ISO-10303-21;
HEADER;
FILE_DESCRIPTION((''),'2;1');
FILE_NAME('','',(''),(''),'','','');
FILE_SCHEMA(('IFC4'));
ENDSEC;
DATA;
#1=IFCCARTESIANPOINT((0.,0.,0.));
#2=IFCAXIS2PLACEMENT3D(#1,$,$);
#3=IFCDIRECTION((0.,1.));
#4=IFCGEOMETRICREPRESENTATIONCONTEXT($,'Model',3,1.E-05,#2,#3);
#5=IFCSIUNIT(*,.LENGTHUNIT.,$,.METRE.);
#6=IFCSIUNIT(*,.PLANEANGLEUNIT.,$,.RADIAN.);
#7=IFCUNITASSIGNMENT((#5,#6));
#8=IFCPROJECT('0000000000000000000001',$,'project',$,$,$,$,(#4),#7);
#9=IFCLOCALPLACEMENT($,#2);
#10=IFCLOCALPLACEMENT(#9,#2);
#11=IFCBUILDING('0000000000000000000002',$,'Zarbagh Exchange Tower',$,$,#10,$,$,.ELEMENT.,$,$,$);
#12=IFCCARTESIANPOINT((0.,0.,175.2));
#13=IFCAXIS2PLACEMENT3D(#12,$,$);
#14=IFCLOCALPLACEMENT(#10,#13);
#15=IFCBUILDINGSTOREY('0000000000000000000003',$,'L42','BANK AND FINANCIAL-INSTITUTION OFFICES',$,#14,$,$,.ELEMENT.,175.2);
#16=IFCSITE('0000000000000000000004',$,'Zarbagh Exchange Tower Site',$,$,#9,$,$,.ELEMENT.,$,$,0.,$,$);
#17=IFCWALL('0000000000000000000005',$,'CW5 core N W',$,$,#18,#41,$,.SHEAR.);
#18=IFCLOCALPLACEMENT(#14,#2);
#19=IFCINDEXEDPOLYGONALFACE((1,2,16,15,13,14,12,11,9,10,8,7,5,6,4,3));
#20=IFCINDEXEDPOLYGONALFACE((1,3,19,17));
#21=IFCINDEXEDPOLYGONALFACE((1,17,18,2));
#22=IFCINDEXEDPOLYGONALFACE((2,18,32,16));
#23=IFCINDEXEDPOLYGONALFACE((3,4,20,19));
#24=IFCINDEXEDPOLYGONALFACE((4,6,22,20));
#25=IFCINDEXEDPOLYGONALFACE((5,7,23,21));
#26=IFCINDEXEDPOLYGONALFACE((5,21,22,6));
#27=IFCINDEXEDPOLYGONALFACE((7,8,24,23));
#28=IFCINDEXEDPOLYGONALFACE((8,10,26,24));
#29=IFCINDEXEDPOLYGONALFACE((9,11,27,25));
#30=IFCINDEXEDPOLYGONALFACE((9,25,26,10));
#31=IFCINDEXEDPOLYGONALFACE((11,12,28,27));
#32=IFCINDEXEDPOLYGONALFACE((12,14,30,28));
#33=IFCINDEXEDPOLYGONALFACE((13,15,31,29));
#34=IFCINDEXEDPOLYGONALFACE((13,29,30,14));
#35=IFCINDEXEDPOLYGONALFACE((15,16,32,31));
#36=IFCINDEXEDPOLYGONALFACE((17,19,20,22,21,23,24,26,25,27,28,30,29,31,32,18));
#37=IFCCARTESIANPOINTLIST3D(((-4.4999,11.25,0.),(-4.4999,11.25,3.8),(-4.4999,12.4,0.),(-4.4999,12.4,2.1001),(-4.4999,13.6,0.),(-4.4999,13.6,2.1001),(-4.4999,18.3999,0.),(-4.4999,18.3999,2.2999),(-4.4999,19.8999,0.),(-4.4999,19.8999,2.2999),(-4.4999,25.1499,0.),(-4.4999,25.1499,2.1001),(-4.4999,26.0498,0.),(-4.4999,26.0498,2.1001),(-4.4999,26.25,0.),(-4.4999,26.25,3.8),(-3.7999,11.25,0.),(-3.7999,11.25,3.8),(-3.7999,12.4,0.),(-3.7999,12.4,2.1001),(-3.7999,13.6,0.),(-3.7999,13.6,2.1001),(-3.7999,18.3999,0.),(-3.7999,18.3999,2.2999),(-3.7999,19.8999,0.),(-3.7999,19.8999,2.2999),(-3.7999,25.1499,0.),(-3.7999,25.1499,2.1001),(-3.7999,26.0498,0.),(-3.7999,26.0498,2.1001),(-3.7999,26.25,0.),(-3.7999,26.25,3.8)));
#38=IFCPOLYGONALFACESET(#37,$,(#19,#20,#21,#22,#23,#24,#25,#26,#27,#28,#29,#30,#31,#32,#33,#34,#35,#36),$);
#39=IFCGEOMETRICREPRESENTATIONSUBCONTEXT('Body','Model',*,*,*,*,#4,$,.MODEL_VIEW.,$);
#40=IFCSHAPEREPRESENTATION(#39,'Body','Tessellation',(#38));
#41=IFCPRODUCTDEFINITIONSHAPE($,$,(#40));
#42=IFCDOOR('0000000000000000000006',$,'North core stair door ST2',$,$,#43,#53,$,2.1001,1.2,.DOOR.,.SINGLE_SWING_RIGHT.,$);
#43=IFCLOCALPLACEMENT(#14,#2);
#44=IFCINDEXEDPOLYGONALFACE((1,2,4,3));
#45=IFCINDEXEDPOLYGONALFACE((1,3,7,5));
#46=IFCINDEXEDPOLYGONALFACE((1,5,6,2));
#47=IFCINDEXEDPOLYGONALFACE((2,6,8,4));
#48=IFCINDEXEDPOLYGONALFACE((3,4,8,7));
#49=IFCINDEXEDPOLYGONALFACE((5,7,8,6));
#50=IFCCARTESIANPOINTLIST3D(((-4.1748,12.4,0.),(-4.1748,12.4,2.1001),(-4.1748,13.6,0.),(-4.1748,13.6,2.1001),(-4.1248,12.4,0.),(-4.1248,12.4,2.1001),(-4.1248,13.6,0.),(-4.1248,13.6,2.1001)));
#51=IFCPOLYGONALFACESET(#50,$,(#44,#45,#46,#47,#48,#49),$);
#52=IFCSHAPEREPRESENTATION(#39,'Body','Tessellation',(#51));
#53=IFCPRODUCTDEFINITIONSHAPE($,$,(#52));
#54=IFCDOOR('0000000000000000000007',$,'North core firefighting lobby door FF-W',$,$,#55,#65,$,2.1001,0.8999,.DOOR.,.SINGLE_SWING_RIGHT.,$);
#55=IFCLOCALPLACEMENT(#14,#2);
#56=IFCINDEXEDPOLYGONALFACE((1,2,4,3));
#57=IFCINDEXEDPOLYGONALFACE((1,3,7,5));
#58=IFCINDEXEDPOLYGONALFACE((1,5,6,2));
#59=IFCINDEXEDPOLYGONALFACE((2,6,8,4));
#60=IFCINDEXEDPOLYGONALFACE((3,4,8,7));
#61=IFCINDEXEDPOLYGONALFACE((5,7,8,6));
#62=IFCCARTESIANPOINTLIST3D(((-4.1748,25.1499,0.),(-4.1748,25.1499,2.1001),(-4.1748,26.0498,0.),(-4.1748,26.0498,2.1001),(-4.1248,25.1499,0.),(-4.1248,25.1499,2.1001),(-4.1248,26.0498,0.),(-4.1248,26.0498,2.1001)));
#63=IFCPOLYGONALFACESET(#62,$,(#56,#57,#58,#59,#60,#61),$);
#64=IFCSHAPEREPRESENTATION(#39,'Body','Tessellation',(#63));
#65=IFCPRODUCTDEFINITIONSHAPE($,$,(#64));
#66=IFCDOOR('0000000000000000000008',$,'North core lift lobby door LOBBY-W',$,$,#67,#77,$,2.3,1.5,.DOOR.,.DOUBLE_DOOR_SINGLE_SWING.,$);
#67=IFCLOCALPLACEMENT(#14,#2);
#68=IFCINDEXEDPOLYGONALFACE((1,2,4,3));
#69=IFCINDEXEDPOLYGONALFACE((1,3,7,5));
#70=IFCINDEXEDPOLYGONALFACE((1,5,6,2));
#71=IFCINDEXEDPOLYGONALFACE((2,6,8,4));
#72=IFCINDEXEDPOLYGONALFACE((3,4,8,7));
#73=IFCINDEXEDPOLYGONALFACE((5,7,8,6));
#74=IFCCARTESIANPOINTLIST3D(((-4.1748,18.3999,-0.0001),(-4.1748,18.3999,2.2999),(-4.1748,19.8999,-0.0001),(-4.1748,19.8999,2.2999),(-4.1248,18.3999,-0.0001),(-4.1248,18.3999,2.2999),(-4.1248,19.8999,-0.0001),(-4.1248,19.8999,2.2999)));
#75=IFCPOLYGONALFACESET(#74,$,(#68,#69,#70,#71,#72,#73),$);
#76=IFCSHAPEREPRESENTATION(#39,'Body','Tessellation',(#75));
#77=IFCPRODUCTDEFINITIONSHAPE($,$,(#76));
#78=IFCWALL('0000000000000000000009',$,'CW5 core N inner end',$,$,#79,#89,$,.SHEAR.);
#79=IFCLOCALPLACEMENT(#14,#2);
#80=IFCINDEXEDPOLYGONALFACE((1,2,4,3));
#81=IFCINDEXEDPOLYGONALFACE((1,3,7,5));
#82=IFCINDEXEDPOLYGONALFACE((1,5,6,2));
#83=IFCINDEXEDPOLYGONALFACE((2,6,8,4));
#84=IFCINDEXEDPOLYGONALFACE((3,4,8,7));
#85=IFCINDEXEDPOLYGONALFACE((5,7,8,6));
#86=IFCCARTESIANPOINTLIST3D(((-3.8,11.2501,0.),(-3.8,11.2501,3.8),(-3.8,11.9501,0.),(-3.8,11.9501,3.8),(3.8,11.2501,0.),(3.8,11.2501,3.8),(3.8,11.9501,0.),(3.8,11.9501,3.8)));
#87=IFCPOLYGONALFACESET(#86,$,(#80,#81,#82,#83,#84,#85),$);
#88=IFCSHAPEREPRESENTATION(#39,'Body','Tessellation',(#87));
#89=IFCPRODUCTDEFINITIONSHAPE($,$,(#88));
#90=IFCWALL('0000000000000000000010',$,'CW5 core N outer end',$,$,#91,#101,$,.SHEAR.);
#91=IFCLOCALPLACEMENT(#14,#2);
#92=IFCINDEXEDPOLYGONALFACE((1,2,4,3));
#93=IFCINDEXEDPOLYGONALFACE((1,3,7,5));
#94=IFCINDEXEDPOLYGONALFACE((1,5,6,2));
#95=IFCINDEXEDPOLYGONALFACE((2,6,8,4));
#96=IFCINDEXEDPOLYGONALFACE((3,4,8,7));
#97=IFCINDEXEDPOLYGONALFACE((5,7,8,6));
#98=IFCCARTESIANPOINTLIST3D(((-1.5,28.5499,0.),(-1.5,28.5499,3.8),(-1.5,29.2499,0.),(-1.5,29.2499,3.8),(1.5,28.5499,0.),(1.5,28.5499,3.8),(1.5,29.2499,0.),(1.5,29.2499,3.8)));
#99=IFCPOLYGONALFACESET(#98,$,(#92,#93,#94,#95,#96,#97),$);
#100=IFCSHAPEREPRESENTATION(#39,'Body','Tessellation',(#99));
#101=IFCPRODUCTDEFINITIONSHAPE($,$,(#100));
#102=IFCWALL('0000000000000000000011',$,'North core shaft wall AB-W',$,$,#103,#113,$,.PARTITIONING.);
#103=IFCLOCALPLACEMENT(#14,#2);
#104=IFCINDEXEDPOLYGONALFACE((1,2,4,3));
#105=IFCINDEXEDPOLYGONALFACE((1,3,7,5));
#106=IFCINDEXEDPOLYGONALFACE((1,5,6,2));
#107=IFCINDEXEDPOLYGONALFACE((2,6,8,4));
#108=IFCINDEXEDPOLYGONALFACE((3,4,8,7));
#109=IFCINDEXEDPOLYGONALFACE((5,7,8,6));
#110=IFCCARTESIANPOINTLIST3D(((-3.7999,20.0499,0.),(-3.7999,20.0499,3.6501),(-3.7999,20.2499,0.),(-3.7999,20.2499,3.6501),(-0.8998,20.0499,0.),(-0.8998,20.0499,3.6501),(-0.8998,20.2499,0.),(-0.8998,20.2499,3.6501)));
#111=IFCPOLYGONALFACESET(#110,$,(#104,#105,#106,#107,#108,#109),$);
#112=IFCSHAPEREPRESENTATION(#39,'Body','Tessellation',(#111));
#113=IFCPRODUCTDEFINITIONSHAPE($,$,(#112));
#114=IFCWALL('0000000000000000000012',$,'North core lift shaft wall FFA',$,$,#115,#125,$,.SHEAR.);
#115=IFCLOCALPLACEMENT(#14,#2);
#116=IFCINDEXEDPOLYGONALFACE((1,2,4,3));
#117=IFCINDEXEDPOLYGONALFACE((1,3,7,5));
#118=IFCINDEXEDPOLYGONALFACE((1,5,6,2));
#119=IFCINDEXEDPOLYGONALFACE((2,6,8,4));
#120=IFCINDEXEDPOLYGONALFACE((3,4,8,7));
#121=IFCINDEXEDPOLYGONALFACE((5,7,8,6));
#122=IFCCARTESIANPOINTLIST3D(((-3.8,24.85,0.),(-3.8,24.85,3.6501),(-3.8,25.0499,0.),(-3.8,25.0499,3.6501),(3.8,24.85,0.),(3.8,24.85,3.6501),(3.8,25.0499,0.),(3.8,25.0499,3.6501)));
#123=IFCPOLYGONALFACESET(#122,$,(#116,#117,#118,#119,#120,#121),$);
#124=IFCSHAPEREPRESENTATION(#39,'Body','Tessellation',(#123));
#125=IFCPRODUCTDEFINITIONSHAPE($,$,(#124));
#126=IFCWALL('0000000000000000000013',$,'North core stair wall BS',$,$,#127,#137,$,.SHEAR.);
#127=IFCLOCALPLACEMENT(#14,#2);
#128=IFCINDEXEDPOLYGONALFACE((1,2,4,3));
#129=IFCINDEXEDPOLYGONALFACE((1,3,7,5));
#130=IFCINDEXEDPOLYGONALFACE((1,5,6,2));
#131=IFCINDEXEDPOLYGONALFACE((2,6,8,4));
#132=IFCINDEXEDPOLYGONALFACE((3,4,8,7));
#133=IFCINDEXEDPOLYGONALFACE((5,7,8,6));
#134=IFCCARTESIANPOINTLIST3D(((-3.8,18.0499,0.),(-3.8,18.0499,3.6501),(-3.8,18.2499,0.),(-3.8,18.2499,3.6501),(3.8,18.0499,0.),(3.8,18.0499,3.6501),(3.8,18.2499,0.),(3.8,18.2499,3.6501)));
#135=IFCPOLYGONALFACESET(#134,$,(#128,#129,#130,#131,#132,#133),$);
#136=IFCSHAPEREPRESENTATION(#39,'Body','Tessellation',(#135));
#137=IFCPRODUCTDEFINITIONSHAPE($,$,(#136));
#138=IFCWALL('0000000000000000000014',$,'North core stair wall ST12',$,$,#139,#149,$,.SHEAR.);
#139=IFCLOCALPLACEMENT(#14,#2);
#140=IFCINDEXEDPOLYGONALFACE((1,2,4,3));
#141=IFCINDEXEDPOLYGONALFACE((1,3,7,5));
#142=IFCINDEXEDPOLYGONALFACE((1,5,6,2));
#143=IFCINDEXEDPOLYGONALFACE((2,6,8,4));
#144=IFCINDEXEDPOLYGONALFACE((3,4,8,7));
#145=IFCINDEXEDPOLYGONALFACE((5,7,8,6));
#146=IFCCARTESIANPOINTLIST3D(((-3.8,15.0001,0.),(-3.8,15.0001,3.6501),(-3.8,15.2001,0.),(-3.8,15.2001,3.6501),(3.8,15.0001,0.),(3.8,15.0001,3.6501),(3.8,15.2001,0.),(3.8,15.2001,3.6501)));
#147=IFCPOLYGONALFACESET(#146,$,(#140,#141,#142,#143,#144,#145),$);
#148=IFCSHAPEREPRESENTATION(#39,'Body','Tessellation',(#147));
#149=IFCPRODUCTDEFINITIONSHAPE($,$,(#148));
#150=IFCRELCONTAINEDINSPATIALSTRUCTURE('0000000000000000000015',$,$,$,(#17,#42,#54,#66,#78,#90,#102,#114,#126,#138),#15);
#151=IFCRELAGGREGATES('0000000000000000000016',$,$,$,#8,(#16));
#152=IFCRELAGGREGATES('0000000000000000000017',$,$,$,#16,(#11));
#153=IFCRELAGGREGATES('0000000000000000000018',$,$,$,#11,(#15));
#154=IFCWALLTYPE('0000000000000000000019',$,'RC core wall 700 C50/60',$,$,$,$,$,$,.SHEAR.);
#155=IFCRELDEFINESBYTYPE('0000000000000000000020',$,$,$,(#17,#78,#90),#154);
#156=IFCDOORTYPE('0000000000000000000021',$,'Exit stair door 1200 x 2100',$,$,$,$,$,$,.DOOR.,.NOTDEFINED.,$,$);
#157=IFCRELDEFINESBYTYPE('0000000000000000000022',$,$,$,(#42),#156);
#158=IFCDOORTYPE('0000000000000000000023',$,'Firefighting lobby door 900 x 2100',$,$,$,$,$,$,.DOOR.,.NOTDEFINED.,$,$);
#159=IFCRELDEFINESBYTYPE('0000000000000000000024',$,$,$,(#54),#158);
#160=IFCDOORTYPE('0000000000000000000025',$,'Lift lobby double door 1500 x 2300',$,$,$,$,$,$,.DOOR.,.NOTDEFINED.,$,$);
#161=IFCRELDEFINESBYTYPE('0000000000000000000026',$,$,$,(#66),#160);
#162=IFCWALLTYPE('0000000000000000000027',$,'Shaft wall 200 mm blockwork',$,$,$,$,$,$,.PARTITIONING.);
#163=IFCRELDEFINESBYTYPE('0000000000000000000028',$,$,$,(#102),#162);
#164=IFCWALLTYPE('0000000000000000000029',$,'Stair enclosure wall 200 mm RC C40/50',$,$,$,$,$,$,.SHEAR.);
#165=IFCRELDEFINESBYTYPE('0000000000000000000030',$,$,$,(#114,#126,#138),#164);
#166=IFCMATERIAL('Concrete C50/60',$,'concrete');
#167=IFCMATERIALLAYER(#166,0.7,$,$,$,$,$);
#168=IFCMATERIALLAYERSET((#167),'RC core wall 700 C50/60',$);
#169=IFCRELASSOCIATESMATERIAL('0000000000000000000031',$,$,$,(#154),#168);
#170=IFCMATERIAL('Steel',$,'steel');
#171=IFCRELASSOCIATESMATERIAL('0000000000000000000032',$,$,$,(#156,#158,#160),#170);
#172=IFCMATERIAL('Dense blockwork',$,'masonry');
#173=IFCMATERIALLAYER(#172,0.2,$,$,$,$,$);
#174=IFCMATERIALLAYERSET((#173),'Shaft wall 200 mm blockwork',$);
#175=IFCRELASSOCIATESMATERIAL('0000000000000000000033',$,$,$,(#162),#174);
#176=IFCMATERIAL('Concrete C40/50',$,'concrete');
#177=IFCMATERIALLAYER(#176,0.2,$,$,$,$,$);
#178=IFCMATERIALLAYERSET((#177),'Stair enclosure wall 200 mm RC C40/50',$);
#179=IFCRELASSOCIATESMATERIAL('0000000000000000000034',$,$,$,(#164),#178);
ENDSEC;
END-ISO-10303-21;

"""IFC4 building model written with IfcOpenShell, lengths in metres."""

from ifc_helpers import new_model, si_unit, direction, frame, frame_2d, origin, place, context, subcontext, project, spatial, rectangle, extrude, material, layer, layer_set, type_object, element, fill, save


model = new_model("IFC4")

# Units and contexts
model_context = context("Model", 3, precision=1e-05, world=origin(), true_north=direction((0.0, 1.0)))
body_context = subcontext(model_context, "Body", "Model", "MODEL_VIEW")
ifc_project = project(units=[si_unit("LENGTHUNIT", "METRE"), si_unit("PLANEANGLEUNIT", "RADIAN")], contexts=[model_context])

# Site, building, storey
site_placement = place(None, origin())
site = spatial("IfcSite", under=ifc_project, at=site_placement, Name="Zarbagh Exchange Tower Site", CompositionType="ELEMENT", RefElevation=0.0)
building_placement = place(site_placement, origin())
building = spatial("IfcBuilding", under=site, at=building_placement, Name="Zarbagh Exchange Tower", CompositionType="ELEMENT")
storey_placement = place(building_placement, frame((0.0, 0.0, 175.2)))
storey = spatial("IfcBuildingStorey", under=building, at=storey_placement, Name="L42", Description="BANK AND FINANCIAL-INSTITUTION OFFICES", CompositionType="ELEMENT", Elevation=175.2)

# Shared definitions
ifc_material_1 = material(Name="Concrete C50/60", Category="concrete")

# Shared definitions
ifc_material_2 = material(Name="Dense blockwork", Category="masonry")

# Wall, openings, doors
ifc_layer_1 = layer(ifc_material_1, 0.7)
ifc_layer_set_1 = layer_set([ifc_layer_1], Name="RC core wall 700 C50/60")
wall_type_1 = type_object("IfcWallType", Name="RC core wall 700 C50/60", PredefinedType="SHEAR", material=ifc_layer_set_1)
wall_1_placement = place(storey_placement, frame((-4.1499, 11.25, 0.0), z_axis=(0.0, 0.0, 1.0), x_axis=(0.0, 1.0, 0.0)))
wall_1 = element("IfcWall", 1, at=wall_1_placement, inside=storey, type_object=wall_type_1, Name="CW5 core N W", PredefinedType="SHEAR", context=body_context, shape_type="SweptSolid", body=[
    extrude(rectangle(XDim=15.0, YDim=0.7, at=frame_2d((7.5, 0.0))), origin(), (0.0, 0.0, 1.0), 3.8),
])
opening_1_placement = place(wall_1_placement, frame((7.1499, 0.0, 0.0)))
opening_1 = element("IfcOpeningElement", 2, at=opening_1_placement, cuts=wall_1, PredefinedType="OPENING", context=body_context, shape_type="SweptSolid", body=[
    extrude(rectangle(XDim=1.5, YDim=2.3, at=frame_2d((0.75, 1.1499))), frame((0.0, 0.3599, 0.0), z_axis=(0.0, -1.0, 0.0), x_axis=(1.0, 0.0, 0.0)), (0.0, 0.0, 1.0), 0.72),
])
opening_2_placement = place(wall_1_placement, frame((13.8999, 0.0, 0.0)))
opening_2 = element("IfcOpeningElement", 3, at=opening_2_placement, cuts=wall_1, PredefinedType="OPENING", context=body_context, shape_type="SweptSolid", body=[
    extrude(rectangle(XDim=0.8999, YDim=2.1001, at=frame_2d((0.45, 1.05))), frame((0.0, 0.3599, 0.0), z_axis=(0.0, -1.0, 0.0), x_axis=(1.0, 0.0, 0.0)), (0.0, 0.0, 1.0), 0.72),
])
opening_3_placement = place(wall_1_placement, frame((1.1499, 0.0, 0.0)))
opening_3 = element("IfcOpeningElement", 4, at=opening_3_placement, cuts=wall_1, PredefinedType="OPENING", context=body_context, shape_type="SweptSolid", body=[
    extrude(rectangle(XDim=1.2, YDim=2.1001, at=frame_2d((0.6001, 1.05))), frame((0.0, 0.3599, 0.0), z_axis=(0.0, -1.0, 0.0), x_axis=(1.0, 0.0, 0.0)), (0.0, 0.0, 1.0), 0.72),
])
ifc_material_3 = material(Name="Steel", Category="steel")
door_type_1 = type_object("IfcDoorType", Name="Exit stair door 1200 x 2100", OperationType="NOTDEFINED", PredefinedType="DOOR", material=ifc_material_3)
door_1_placement = place(opening_3_placement, origin())
door_1 = element("IfcDoor", 5, at=door_1_placement, inside=storey, type_object=door_type_1, Name="North core stair door ST2", OperationType="SINGLE_SWING_RIGHT", OverallHeight=2.1001, OverallWidth=1.2, PredefinedType="DOOR", context=body_context, shape_type="SweptSolid", body=[
    extrude(rectangle(XDim=1.2, YDim=2.1001, at=frame_2d((0.6001, 1.05))), frame((0.0, 0.0249, 0.0), z_axis=(0.0, -1.0, 0.0), x_axis=(1.0, 0.0, 0.0)), (0.0, 0.0, 1.0), 0.05),
])
fill(opening_3, door_1)
door_type_2 = type_object("IfcDoorType", Name="Firefighting lobby door 900 x 2100", OperationType="NOTDEFINED", PredefinedType="DOOR", material=ifc_material_3)
door_2_placement = place(opening_2_placement, origin())
door_2 = element("IfcDoor", 6, at=door_2_placement, inside=storey, type_object=door_type_2, Name="North core firefighting lobby door FF-W", OperationType="SINGLE_SWING_RIGHT", OverallHeight=2.1001, OverallWidth=0.8999, PredefinedType="DOOR", context=body_context, shape_type="SweptSolid", body=[
    extrude(rectangle(XDim=0.8999, YDim=2.1001, at=frame_2d((0.45, 1.05))), frame((0.0, 0.0249, 0.0), z_axis=(0.0, -1.0, 0.0), x_axis=(1.0, 0.0, 0.0)), (0.0, 0.0, 1.0), 0.05),
])
fill(opening_2, door_2)
door_type_3 = type_object("IfcDoorType", Name="Lift lobby double door 1500 x 2300", OperationType="NOTDEFINED", PredefinedType="DOOR", material=ifc_material_3)
door_3_placement = place(opening_1_placement, origin())
door_3 = element("IfcDoor", 7, at=door_3_placement, inside=storey, type_object=door_type_3, Name="North core lift lobby door LOBBY-W", OperationType="DOUBLE_DOOR_SINGLE_SWING", OverallHeight=2.3, OverallWidth=1.5, PredefinedType="DOOR", context=body_context, shape_type="SweptSolid", body=[
    extrude(rectangle(XDim=1.5, YDim=2.3, at=frame_2d((0.75, 1.1499))), frame((0.0, 0.0249, 0.0), z_axis=(0.0, -1.0, 0.0), x_axis=(1.0, 0.0, 0.0)), (0.0, 0.0, 1.0), 0.05),
])
fill(opening_1, door_3)

# Walls
wall_2_placement = place(storey_placement, frame((-3.8, 11.6001, 0.0), z_axis=(0.0, 0.0, 1.0), x_axis=(1.0, 0.0, 0.0)))
element("IfcWall", 8, at=wall_2_placement, inside=storey, type_object=wall_type_1, Name="CW5 core N inner end", PredefinedType="SHEAR", context=body_context, shape_type="SweptSolid", body=[
    extrude(rectangle(XDim=7.6001, YDim=0.7, at=frame_2d((3.8, 0.0))), origin(), (0.0, 0.0, 1.0), 3.8),
])
wall_3_placement = place(storey_placement, frame((-1.5, 28.8999, 0.0), z_axis=(0.0, 0.0, 1.0), x_axis=(1.0, 0.0, 0.0)))
element("IfcWall", 9, at=wall_3_placement, inside=storey, type_object=wall_type_1, Name="CW5 core N outer end", PredefinedType="SHEAR", context=body_context, shape_type="SweptSolid", body=[
    extrude(rectangle(XDim=3.0, YDim=0.7, at=frame_2d((1.5, 0.0))), origin(), (0.0, 0.0, 1.0), 3.8),
])
ifc_layer_2 = layer(ifc_material_2, 0.2)
ifc_layer_set_2 = layer_set([ifc_layer_2], Name="Shaft wall 200 mm blockwork")
wall_type_2 = type_object("IfcWallType", Name="Shaft wall 200 mm blockwork", PredefinedType="PARTITIONING", material=ifc_layer_set_2)
wall_4_placement = place(storey_placement, frame((-3.8, 20.1499, 0.0), z_axis=(0.0, 0.0, 1.0), x_axis=(1.0, 0.0, 0.0)))
element("IfcWall", 10, at=wall_4_placement, inside=storey, type_object=wall_type_2, Name="North core shaft wall AB-W", PredefinedType="PARTITIONING", context=body_context, shape_type="SweptSolid", body=[
    extrude(rectangle(XDim=2.9001, YDim=0.2, at=frame_2d((1.4502, 0.0))), origin(), (0.0, 0.0, 1.0), 3.6501),
])
ifc_material_4 = material(Name="Concrete C40/50", Category="concrete")
ifc_layer_3 = layer(ifc_material_4, 0.2)
ifc_layer_set_3 = layer_set([ifc_layer_3], Name="Stair enclosure wall 200 mm RC C40/50")
wall_type_3 = type_object("IfcWallType", Name="Stair enclosure wall 200 mm RC C40/50", PredefinedType="SHEAR", material=ifc_layer_set_3)
for number, where, z_axis, x_axis, name in (
    (11, (-3.8, 24.95, 0.0), (0.0, 0.0, 1.0), (1.0, 0.0, 0.0), "North core lift shaft wall FFA"),
    (12, (-3.8, 18.1499, 0.0), (0.0, 0.0, 1.0), (1.0, 0.0, 0.0), "North core stair wall BS"),
    (13, (-3.8, 15.1001, 0.0), (0.0, 0.0, 1.0), (1.0, 0.0, 0.0), "North core stair wall ST12"),
):
    element("IfcWall", number, at=place(storey_placement, frame(where, z_axis=z_axis, x_axis=x_axis)), inside=storey, type_object=wall_type_3, Name=name, PredefinedType="SHEAR", context=body_context, shape_type="SweptSolid", body=[
        extrude(rectangle(XDim=7.6001, YDim=0.2, at=frame_2d((3.8, 0.0))), origin(), (0.0, 0.0, 1.0), 3.6501),
    ])

save(model, "model.ifc")
